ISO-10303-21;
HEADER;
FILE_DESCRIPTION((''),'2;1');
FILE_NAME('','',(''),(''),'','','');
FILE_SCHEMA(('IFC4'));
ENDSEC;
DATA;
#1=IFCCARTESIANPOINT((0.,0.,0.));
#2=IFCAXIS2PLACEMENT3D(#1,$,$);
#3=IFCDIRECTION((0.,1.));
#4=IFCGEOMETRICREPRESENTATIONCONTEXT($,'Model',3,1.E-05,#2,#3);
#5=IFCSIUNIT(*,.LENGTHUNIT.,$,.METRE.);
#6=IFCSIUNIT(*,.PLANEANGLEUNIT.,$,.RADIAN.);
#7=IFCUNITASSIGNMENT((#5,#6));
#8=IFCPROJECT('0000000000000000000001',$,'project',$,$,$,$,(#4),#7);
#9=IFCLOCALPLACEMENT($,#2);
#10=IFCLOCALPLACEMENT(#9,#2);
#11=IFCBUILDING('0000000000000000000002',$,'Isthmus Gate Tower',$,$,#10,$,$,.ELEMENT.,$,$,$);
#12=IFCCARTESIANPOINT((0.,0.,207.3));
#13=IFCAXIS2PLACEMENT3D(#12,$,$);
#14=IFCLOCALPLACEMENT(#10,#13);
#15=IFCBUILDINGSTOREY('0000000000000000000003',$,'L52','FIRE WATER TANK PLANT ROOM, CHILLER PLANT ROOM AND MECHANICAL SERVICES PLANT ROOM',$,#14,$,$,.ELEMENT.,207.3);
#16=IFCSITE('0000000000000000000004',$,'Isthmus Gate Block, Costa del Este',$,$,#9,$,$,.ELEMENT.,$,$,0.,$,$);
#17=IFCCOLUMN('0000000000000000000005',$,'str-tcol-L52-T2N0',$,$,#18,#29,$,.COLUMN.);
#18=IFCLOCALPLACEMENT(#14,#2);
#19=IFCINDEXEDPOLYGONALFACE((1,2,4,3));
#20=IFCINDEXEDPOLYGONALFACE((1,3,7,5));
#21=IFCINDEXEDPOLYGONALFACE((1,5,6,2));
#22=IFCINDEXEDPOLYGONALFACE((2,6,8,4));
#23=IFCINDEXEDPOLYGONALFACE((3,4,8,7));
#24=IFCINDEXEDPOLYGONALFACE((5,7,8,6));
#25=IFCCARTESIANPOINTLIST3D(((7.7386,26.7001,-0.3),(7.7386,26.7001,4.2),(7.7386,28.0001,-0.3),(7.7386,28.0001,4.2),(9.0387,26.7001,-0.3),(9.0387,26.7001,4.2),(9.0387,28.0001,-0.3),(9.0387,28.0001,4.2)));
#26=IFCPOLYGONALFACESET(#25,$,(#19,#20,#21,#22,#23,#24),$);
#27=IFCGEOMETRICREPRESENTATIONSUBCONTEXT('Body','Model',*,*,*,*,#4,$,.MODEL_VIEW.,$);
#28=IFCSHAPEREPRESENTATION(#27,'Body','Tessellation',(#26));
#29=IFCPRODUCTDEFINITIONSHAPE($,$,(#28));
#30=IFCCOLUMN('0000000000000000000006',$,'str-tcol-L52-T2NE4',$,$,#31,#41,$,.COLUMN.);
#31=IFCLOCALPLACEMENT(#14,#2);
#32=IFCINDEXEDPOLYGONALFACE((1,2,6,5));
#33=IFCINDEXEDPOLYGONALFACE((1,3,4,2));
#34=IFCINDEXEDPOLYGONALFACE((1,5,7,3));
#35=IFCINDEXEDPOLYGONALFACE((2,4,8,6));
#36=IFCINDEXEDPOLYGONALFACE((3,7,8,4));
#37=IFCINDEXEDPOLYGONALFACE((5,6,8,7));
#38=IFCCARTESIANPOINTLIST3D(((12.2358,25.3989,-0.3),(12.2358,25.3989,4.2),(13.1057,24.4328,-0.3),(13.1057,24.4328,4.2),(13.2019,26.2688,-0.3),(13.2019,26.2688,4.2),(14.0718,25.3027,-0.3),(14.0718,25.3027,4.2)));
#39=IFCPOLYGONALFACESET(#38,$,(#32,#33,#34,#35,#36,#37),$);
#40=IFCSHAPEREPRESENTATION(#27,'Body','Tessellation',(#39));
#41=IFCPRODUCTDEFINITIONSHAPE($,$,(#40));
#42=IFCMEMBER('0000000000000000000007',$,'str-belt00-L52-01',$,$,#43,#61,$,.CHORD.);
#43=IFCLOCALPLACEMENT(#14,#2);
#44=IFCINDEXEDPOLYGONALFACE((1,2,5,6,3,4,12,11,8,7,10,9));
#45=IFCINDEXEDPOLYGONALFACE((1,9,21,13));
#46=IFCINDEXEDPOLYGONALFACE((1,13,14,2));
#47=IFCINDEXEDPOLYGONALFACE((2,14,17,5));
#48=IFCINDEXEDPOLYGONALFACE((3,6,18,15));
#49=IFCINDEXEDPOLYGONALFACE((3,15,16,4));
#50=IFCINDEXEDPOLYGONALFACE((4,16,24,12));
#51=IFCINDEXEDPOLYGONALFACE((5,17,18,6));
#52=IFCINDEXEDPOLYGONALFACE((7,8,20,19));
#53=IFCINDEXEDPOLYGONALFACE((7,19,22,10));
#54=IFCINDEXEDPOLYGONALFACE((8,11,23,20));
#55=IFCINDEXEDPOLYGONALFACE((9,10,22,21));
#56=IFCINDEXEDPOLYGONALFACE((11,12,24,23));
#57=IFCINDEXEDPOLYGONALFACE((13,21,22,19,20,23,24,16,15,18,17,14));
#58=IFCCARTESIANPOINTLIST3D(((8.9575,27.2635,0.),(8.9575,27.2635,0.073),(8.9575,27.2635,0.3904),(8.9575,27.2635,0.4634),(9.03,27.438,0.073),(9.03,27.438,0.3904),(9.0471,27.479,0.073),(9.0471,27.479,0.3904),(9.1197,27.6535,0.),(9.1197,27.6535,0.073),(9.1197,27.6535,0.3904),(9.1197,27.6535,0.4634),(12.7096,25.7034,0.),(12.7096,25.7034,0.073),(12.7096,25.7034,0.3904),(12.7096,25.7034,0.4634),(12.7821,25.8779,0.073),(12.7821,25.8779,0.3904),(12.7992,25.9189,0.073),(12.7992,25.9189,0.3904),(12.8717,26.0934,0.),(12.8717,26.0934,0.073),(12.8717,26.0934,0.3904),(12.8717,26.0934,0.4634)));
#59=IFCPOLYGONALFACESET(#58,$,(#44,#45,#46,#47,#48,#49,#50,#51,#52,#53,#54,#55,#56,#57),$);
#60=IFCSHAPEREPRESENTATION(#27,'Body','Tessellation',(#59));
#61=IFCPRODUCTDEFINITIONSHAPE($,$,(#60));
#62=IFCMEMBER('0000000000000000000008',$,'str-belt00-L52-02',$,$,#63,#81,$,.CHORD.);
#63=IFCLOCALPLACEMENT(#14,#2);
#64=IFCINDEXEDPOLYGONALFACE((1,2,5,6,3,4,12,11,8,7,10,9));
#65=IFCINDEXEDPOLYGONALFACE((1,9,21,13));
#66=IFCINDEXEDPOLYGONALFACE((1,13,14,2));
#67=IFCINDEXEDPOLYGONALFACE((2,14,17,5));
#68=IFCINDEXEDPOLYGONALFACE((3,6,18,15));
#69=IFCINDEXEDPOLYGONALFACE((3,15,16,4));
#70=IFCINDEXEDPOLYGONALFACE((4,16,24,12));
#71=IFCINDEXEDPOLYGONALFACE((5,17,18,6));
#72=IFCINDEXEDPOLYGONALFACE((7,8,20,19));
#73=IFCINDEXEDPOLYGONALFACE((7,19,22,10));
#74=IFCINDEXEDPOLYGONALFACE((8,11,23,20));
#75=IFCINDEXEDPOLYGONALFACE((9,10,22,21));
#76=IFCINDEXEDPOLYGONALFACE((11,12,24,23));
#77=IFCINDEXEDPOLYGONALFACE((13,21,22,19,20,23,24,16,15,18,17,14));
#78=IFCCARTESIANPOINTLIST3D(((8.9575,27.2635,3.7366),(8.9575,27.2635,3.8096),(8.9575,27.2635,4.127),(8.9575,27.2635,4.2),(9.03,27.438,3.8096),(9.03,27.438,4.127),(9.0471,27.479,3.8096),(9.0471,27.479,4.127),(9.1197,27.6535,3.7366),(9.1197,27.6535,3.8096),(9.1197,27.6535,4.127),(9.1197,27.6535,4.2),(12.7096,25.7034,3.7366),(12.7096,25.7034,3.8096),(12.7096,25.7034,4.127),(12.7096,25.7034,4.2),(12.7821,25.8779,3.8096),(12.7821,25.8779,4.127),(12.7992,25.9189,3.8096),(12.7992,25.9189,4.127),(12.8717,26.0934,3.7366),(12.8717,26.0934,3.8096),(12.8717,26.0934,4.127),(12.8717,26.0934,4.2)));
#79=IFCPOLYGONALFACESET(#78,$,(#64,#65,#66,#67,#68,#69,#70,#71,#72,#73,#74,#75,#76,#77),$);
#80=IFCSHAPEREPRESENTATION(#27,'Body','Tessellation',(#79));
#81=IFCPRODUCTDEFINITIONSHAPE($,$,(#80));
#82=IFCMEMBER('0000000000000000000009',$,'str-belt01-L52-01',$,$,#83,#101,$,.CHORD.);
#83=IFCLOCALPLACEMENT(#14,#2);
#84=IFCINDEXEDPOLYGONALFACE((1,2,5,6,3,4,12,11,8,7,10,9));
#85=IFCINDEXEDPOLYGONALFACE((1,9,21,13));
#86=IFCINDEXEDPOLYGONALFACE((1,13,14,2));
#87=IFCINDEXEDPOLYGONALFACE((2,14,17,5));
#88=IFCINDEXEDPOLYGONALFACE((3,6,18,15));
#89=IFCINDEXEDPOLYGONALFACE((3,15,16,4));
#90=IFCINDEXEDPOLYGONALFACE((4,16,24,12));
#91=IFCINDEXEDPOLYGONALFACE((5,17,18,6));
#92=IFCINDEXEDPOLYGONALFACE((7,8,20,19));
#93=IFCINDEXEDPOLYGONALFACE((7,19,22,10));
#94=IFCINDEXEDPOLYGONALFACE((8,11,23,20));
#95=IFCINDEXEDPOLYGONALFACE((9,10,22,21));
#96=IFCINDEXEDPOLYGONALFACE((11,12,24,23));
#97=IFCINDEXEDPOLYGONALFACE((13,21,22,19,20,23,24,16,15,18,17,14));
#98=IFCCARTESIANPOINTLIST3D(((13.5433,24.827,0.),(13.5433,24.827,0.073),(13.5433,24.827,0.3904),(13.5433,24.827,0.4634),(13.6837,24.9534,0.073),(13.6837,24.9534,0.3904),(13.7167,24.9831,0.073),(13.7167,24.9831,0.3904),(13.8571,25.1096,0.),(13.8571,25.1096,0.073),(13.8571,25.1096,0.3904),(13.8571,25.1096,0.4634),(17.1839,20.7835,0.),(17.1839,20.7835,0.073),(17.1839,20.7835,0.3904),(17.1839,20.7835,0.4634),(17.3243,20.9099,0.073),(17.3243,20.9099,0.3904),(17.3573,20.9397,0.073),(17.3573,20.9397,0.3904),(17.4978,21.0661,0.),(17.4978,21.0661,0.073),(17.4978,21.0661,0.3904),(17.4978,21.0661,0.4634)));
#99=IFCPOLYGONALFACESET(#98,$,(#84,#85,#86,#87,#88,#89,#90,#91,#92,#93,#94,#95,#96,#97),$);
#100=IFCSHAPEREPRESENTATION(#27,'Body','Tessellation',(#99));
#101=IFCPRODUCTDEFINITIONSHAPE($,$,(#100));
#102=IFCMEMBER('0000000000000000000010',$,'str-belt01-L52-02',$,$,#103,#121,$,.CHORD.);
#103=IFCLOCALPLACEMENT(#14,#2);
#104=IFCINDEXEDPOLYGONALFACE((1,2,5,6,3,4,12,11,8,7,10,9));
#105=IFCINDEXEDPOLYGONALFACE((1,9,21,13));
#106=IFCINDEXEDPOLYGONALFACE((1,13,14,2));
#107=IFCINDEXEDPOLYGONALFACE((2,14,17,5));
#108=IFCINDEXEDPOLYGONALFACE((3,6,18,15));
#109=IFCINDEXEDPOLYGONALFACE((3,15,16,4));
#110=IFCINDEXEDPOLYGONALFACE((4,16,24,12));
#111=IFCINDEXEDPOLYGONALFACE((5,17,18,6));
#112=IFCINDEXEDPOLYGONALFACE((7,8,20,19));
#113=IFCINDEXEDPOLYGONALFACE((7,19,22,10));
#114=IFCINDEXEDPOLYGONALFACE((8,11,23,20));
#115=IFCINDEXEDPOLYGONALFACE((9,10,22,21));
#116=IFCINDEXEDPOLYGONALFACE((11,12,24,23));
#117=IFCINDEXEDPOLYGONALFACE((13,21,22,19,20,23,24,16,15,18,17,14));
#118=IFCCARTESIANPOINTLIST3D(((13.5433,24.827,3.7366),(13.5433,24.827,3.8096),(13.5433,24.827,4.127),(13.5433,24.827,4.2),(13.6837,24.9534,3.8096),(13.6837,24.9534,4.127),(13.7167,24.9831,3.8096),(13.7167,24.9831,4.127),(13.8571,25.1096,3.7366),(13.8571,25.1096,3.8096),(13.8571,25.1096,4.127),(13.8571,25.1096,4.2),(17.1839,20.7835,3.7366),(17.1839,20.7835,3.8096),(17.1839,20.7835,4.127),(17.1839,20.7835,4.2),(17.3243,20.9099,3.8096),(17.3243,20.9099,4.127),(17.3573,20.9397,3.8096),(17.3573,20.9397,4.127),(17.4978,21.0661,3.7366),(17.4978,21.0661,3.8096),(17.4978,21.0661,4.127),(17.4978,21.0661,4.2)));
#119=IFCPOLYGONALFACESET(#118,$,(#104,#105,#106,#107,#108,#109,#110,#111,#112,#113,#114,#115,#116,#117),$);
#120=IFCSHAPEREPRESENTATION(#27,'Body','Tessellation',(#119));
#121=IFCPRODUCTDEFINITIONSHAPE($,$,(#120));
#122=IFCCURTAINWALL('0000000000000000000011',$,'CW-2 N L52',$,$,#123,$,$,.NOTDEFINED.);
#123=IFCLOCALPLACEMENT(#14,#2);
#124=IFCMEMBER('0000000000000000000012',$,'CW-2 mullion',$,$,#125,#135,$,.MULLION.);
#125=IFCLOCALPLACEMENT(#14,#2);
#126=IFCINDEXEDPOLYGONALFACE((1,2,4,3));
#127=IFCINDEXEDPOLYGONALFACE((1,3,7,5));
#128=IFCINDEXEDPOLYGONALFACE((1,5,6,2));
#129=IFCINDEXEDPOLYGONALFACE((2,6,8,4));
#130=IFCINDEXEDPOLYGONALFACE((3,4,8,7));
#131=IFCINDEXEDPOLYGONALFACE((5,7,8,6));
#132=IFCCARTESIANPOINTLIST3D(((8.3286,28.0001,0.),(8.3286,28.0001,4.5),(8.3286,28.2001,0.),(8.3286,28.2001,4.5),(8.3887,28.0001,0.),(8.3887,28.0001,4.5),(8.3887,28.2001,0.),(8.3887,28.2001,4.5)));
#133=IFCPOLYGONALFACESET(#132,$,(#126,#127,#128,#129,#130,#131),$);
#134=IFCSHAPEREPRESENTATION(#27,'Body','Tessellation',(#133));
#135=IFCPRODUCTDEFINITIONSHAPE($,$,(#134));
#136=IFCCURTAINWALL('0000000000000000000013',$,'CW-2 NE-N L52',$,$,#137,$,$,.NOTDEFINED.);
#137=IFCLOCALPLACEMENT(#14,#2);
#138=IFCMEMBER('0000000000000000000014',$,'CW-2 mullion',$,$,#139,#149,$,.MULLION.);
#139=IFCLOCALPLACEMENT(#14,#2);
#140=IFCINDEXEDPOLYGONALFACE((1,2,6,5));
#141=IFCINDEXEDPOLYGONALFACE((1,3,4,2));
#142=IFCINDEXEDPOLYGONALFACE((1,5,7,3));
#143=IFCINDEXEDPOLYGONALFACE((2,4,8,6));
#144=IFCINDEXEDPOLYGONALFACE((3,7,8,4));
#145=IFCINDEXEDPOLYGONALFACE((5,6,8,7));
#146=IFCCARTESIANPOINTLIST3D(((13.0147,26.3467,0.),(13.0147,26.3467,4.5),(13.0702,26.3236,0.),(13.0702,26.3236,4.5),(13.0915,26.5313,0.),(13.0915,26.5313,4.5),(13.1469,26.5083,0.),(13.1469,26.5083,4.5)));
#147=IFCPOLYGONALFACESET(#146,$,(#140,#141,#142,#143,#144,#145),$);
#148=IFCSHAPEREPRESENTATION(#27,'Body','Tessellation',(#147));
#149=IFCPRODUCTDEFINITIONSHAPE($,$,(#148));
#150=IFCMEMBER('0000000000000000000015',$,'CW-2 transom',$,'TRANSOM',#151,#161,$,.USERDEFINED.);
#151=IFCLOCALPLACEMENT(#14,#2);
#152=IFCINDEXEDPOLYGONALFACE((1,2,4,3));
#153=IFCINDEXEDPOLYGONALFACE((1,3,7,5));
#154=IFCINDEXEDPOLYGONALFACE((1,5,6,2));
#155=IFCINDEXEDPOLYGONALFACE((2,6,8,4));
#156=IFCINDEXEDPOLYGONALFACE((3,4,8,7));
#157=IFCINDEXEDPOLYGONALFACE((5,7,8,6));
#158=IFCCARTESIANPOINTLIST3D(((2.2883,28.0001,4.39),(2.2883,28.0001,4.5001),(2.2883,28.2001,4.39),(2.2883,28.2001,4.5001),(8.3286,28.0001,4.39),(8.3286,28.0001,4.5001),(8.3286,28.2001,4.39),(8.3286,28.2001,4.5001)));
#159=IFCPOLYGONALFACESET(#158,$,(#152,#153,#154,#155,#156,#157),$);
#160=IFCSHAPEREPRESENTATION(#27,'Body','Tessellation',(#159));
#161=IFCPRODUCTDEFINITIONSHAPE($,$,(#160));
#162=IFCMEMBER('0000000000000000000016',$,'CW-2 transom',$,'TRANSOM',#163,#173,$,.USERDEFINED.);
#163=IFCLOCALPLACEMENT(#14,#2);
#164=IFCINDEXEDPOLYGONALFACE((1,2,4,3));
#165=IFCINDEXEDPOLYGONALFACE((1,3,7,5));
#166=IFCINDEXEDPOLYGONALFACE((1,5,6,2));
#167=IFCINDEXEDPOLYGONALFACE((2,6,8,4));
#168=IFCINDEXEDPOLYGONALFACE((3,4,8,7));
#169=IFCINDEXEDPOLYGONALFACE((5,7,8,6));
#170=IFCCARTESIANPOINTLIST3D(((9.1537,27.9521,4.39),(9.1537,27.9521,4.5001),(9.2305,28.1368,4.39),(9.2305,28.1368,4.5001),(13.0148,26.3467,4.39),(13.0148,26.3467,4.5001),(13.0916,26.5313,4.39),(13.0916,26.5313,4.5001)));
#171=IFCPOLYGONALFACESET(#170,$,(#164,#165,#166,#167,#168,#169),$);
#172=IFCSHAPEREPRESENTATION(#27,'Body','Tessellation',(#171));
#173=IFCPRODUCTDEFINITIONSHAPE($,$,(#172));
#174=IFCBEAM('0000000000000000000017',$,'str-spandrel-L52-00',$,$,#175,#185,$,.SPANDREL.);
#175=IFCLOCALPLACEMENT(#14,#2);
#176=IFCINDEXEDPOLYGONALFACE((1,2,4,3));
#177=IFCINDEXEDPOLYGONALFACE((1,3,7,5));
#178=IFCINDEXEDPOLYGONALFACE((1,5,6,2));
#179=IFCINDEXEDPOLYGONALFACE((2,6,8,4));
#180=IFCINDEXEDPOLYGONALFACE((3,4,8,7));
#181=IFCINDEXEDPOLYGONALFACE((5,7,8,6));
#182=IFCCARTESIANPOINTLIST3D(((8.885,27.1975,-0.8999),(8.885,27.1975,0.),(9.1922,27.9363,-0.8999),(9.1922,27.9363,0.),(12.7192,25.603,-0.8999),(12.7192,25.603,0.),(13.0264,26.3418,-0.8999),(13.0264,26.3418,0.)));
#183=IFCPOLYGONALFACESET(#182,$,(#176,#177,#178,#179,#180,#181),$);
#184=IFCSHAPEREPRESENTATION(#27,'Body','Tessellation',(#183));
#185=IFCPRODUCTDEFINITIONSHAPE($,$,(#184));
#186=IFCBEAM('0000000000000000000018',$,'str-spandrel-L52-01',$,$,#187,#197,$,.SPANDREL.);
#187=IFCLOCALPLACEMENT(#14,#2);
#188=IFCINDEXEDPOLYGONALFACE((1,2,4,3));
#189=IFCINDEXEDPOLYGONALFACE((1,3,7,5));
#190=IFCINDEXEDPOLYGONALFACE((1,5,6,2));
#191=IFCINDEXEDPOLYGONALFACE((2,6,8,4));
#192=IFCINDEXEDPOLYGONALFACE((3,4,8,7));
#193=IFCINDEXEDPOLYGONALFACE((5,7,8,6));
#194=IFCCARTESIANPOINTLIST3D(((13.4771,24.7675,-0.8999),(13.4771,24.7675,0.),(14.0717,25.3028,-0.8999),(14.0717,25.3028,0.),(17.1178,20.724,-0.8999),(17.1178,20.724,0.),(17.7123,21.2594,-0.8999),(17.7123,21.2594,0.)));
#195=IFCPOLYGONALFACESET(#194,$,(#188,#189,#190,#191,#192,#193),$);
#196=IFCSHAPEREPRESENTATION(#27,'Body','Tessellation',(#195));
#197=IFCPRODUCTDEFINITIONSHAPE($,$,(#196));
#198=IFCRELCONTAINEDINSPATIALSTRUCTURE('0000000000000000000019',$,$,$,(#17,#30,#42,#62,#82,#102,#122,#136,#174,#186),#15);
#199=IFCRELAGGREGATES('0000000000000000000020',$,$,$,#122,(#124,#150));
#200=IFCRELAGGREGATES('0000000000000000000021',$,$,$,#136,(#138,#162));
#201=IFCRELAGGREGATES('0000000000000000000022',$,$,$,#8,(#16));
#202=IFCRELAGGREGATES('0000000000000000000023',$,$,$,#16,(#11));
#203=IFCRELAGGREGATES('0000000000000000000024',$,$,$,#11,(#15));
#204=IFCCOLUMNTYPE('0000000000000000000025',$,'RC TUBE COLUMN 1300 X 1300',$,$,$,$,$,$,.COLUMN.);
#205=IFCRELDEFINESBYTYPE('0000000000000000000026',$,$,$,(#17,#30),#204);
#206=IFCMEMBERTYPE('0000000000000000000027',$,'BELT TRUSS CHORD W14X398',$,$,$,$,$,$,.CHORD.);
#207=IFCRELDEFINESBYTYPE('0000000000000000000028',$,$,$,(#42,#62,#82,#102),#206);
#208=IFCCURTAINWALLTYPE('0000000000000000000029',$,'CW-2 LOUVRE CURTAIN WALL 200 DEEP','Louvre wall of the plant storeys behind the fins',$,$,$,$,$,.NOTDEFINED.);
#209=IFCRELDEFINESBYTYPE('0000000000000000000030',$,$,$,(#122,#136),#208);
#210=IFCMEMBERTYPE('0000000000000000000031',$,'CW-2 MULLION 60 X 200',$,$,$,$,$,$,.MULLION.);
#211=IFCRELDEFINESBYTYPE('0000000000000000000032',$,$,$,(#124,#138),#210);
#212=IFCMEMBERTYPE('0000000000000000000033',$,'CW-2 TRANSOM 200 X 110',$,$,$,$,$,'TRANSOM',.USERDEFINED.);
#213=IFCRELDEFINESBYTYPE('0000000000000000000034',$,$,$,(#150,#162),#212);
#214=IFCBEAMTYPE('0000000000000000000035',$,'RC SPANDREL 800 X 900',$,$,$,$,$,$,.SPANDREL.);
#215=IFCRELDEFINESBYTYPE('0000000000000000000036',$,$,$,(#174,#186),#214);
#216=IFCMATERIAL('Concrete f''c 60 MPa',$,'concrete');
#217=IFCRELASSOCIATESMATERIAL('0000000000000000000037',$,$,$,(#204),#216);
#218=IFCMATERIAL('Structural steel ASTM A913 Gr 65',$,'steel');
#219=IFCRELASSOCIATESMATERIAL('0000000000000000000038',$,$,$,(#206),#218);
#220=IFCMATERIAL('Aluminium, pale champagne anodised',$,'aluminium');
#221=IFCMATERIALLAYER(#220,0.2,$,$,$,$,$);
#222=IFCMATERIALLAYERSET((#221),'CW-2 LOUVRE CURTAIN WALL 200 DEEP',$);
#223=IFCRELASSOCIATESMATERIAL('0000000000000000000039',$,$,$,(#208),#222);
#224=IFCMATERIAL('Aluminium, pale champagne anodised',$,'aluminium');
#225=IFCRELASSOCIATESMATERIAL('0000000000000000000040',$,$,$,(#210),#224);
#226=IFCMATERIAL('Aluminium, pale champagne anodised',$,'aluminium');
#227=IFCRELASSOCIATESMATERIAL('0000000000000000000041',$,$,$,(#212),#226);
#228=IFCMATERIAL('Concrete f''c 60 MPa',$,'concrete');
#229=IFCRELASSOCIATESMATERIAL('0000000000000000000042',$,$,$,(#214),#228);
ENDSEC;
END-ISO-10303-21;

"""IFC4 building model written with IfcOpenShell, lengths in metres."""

from ifc_helpers import new_model, si_unit, direction, frame, origin, origin_2d, place, context, subcontext, project, spatial, rectangle, i_section, extrude, material, layer, layer_set, material_profile, profile_set, type_object, element, aggregate, save


model = new_model("IFC4")

# Units and contexts
model_context = context("Model", 3, precision=1e-05, world=origin(), true_north=direction((0.0, 1.0)))
body_context = subcontext(model_context, "Body", "Model", "MODEL_VIEW")
ifc_project = project(units=[si_unit("LENGTHUNIT", "METRE"), si_unit("PLANEANGLEUNIT", "RADIAN")], contexts=[model_context])

# Site, building, storey
site_placement = place(None, origin())
site = spatial("IfcSite", under=ifc_project, at=site_placement, Name="Isthmus Gate Block, Costa del Este", CompositionType="ELEMENT", RefElevation=0.0)
building_placement = place(site_placement, origin())
building = spatial("IfcBuilding", under=site, at=building_placement, Name="Isthmus Gate Tower", CompositionType="ELEMENT")
storey_placement = place(building_placement, frame((0.0, 0.0, 207.3)))
storey = spatial("IfcBuildingStorey", under=building, at=storey_placement, Name="L52", Description="FIRE WATER TANK PLANT ROOM, CHILLER PLANT ROOM AND MECHANICAL SERVICES PLANT ROOM", CompositionType="ELEMENT", Elevation=207.3)

# Columns
ifc_material_1 = material(Name="Concrete f'c 60 MPa", Category="concrete")
ifc_material_profile_1 = material_profile(ifc_material_1, rectangle(XDim=1.3, YDim=1.3, at=origin_2d()), Name="RC 1300X1300")
ifc_profile_set_1 = profile_set([ifc_material_profile_1], Name="Concrete f'c 60 MPa")
column_type = type_object("IfcColumnType", Name="RC TUBE COLUMN 1300 X 1300", PredefinedType="COLUMN", material=ifc_profile_set_1)
for number, where, z_axis, x_axis, name in (
    (1, (8.3887, 27.3501, -0.3), (0.0, 0.0, 1.0), (-1.0, 0.0, 0.0), "str-tcol-L52-T2N0"),
    (2, (13.1538, 25.3508, -0.3), (0.0, 0.0, 1.0), (-0.669131, 0.743145, 0.0), "str-tcol-L52-T2NE4"),
):
    element("IfcColumn", number, at=place(storey_placement, frame(where, z_axis=z_axis, x_axis=x_axis)), inside=storey, type_object=column_type, Name=name, PredefinedType="COLUMN", context=body_context, shape_type="SweptSolid", body=[
        extrude(rectangle(XDim=1.3, YDim=1.3, at=origin_2d()), origin(), (0.0, 0.0, 1.0), 4.5),
    ])

# Members
ifc_material_2 = material(Name="Structural steel ASTM A913 Gr 65", Category="steel")
ifc_material_profile_2 = material_profile(ifc_material_2, i_section(OverallWidth=0.4224, OverallDepth=0.4634, WebThickness=0.0444, FlangeThickness=0.073, at=origin_2d()), Name="W14X398")
ifc_profile_set_2 = profile_set([ifc_material_profile_2], Name="Structural steel ASTM A913 Gr 65")
member_type_1 = type_object("IfcMemberType", Name="BELT TRUSS CHORD W14X398", PredefinedType="CHORD", material=ifc_profile_set_2)
for number, where, z_axis, x_axis, name in (
    (3, (9.0386, 27.4585, 0.2317), (0.923361, -0.383933, 0.0), (0.383933, 0.923361, 0.0), "str-belt00-L52-01"),
    (4, (9.0386, 27.4585, 3.9683), (0.923361, -0.383933, 0.0), (0.383933, 0.923361, 0.0), "str-belt00-L52-02"),
):
    element("IfcMember", number, at=place(storey_placement, frame(where, z_axis=z_axis, x_axis=x_axis)), inside=storey, type_object=member_type_1, Name=name, PredefinedType="CHORD", context=body_context, shape_type="SweptSolid", body=[
        extrude(i_section(OverallWidth=0.4224, OverallDepth=0.4634, WebThickness=0.0444, FlangeThickness=0.073, at=origin_2d()), origin(), (0.0, 0.0, 1.0), 4.0635),
    ])
for number, where, z_axis, x_axis, name in (
    (5, (13.7002, 24.9683, 0.2317), (0.669118, -0.743156, 0.0), (0.743156, 0.669118, 0.0), "str-belt01-L52-01"),
    (6, (13.7002, 24.9683, 3.9683), (0.669118, -0.743156, 0.0), (0.743156, 0.669118, 0.0), "str-belt01-L52-02"),
):
    element("IfcMember", number, at=place(storey_placement, frame(where, z_axis=z_axis, x_axis=x_axis)), inside=storey, type_object=member_type_1, Name=name, PredefinedType="CHORD", context=body_context, shape_type="SweptSolid", body=[
        extrude(i_section(OverallWidth=0.4224, OverallDepth=0.4634, WebThickness=0.0444, FlangeThickness=0.073, at=origin_2d()), origin(), (0.0, 0.0, 1.0), 5.4409),
    ])

# Curtain walls, members
ifc_material_3 = material(Name="Aluminium, pale champagne anodised", Category="aluminium")
ifc_layer_1 = layer(ifc_material_3, 0.2)
ifc_layer_set_1 = layer_set([ifc_layer_1], Name="CW-2 LOUVRE CURTAIN WALL 200 DEEP")
curtain_wall_type = type_object("IfcCurtainWallType", Name="CW-2 LOUVRE CURTAIN WALL 200 DEEP", Description="Louvre wall of the plant storeys behind the fins", PredefinedType="NOTDEFINED", material=ifc_layer_set_1)
curtain_wall_1_placement = place(storey_placement, origin())
curtain_wall_1 = element("IfcCurtainWall", 7, at=curtain_wall_1_placement, inside=storey, type_object=curtain_wall_type, Name="CW-2 N L52", PredefinedType="NOTDEFINED")
ifc_material_4 = material(Name="Aluminium, pale champagne anodised", Category="aluminium")
ifc_material_profile_3 = material_profile(ifc_material_4, rectangle(XDim=0.0601, YDim=0.2, at=origin_2d()), Name="60x200")
ifc_profile_set_3 = profile_set([ifc_material_profile_3], Name="Aluminium, pale champagne anodised")
member_type_2 = type_object("IfcMemberType", Name="CW-2 MULLION 60 X 200", PredefinedType="MULLION", material=ifc_profile_set_3)
member_1_placement = place(storey_placement, frame((8.3586, 28.1001, 0.0), z_axis=(0.0, 0.0, 1.0), x_axis=(-1.0, 0.0, 0.0)))
member_1 = element("IfcMember", 8, at=member_1_placement, type_object=member_type_2, Name="CW-2 mullion", PredefinedType="MULLION", context=body_context, shape_type="SweptSolid", body=[
    extrude(rectangle(XDim=0.0601, YDim=0.2, at=origin_2d()), origin(), (0.0, 0.0, 1.0), 4.5),
])
curtain_wall_2_placement = place(storey_placement, origin())
curtain_wall_2 = element("IfcCurtainWall", 9, at=curtain_wall_2_placement, inside=storey, type_object=curtain_wall_type, Name="CW-2 NE-N L52", PredefinedType="NOTDEFINED")
member_2_placement = place(storey_placement, frame((13.0808, 26.4275, 0.0), z_axis=(0.0, 0.0, 1.0), x_axis=(-0.923353, 0.383952, 0.0)))
member_2 = element("IfcMember", 10, at=member_2_placement, type_object=member_type_2, Name="CW-2 mullion", PredefinedType="MULLION", context=body_context, shape_type="SweptSolid", body=[
    extrude(rectangle(XDim=0.0601, YDim=0.2, at=origin_2d()), origin(), (0.0, 0.0, 1.0), 4.5),
])

# Members
ifc_material_5 = material(Name="Aluminium, pale champagne anodised", Category="aluminium")
ifc_material_profile_4 = material_profile(ifc_material_5, rectangle(XDim=0.2, YDim=0.1101, at=origin_2d()), Name="200x110")
ifc_profile_set_4 = profile_set([ifc_material_profile_4], Name="Aluminium, pale champagne anodised")
member_type_3 = type_object("IfcMemberType", Name="CW-2 TRANSOM 200 X 110", ElementType="TRANSOM", PredefinedType="USERDEFINED", material=ifc_profile_set_4)
member_3_placement = place(storey_placement, frame((8.3286, 28.1001, 4.4451), z_axis=(-1.0, 0.0, 0.0), x_axis=(0.0, -1.0, 0.0)))
member_3 = element("IfcMember", 11, at=member_3_placement, type_object=member_type_3, Name="CW-2 transom", ObjectType="TRANSOM", PredefinedType="USERDEFINED", context=body_context, shape_type="SweptSolid", body=[
    extrude(rectangle(XDim=0.2, YDim=0.1101, at=origin_2d()), origin(), (0.0, 0.0, 1.0), 6.0403),
])
aggregate(curtain_wall_1, [member_1, member_3])
member_4_placement = place(storey_placement, frame((13.0532, 26.439, 4.4451), z_axis=(-0.923358, 0.38394, 0.0), x_axis=(-0.38394, -0.923358, 0.0)))
member_4 = element("IfcMember", 12, at=member_4_placement, type_object=member_type_3, Name="CW-2 transom", ObjectType="TRANSOM", PredefinedType="USERDEFINED", context=body_context, shape_type="SweptSolid", body=[
    extrude(rectangle(XDim=0.2, YDim=0.1101, at=origin_2d()), origin(), (0.0, 0.0, 1.0), 4.1816),
])

# Beams
ifc_material_6 = material(Name="Concrete f'c 60 MPa", Category="concrete")
ifc_material_profile_5 = material_profile(ifc_material_6, rectangle(XDim=0.8, YDim=0.8999, at=origin_2d()), Name="RC 800X900")
ifc_profile_set_5 = profile_set([ifc_material_profile_5], Name="Concrete f'c 60 MPa")
beam_type = type_object("IfcBeamType", Name="RC SPANDREL 800 X 900", PredefinedType="SPANDREL", material=ifc_profile_set_5)
beam_1_placement = place(storey_placement, frame((9.0386, 27.5669, -0.45), z_axis=(0.923343, -0.383977, 0.0), x_axis=(0.383977, 0.923343, 0.0)))
element("IfcBeam", 13, at=beam_1_placement, inside=storey, type_object=beam_type, Name="str-spandrel-L52-00", PredefinedType="SPANDREL", context=body_context, shape_type="SweptSolid", body=[
    extrude(rectangle(XDim=0.8, YDim=0.8999, at=origin_2d()), origin(), (0.0, 0.0, 1.0), 4.1526),
])
beam_2_placement = place(storey_placement, frame((13.7744, 25.0352, -0.45), z_axis=(0.669118, -0.743156, 0.0), x_axis=(0.743156, 0.669118, 0.0)))
element("IfcBeam", 14, at=beam_2_placement, inside=storey, type_object=beam_type, Name="str-spandrel-L52-01", PredefinedType="SPANDREL", context=body_context, shape_type="SweptSolid", body=[
    extrude(rectangle(XDim=0.8, YDim=0.8999, at=origin_2d()), origin(), (0.0, 0.0, 1.0), 5.4409),
])

aggregate(curtain_wall_2, [member_2, member_4])

save(model, "model.ifc")
